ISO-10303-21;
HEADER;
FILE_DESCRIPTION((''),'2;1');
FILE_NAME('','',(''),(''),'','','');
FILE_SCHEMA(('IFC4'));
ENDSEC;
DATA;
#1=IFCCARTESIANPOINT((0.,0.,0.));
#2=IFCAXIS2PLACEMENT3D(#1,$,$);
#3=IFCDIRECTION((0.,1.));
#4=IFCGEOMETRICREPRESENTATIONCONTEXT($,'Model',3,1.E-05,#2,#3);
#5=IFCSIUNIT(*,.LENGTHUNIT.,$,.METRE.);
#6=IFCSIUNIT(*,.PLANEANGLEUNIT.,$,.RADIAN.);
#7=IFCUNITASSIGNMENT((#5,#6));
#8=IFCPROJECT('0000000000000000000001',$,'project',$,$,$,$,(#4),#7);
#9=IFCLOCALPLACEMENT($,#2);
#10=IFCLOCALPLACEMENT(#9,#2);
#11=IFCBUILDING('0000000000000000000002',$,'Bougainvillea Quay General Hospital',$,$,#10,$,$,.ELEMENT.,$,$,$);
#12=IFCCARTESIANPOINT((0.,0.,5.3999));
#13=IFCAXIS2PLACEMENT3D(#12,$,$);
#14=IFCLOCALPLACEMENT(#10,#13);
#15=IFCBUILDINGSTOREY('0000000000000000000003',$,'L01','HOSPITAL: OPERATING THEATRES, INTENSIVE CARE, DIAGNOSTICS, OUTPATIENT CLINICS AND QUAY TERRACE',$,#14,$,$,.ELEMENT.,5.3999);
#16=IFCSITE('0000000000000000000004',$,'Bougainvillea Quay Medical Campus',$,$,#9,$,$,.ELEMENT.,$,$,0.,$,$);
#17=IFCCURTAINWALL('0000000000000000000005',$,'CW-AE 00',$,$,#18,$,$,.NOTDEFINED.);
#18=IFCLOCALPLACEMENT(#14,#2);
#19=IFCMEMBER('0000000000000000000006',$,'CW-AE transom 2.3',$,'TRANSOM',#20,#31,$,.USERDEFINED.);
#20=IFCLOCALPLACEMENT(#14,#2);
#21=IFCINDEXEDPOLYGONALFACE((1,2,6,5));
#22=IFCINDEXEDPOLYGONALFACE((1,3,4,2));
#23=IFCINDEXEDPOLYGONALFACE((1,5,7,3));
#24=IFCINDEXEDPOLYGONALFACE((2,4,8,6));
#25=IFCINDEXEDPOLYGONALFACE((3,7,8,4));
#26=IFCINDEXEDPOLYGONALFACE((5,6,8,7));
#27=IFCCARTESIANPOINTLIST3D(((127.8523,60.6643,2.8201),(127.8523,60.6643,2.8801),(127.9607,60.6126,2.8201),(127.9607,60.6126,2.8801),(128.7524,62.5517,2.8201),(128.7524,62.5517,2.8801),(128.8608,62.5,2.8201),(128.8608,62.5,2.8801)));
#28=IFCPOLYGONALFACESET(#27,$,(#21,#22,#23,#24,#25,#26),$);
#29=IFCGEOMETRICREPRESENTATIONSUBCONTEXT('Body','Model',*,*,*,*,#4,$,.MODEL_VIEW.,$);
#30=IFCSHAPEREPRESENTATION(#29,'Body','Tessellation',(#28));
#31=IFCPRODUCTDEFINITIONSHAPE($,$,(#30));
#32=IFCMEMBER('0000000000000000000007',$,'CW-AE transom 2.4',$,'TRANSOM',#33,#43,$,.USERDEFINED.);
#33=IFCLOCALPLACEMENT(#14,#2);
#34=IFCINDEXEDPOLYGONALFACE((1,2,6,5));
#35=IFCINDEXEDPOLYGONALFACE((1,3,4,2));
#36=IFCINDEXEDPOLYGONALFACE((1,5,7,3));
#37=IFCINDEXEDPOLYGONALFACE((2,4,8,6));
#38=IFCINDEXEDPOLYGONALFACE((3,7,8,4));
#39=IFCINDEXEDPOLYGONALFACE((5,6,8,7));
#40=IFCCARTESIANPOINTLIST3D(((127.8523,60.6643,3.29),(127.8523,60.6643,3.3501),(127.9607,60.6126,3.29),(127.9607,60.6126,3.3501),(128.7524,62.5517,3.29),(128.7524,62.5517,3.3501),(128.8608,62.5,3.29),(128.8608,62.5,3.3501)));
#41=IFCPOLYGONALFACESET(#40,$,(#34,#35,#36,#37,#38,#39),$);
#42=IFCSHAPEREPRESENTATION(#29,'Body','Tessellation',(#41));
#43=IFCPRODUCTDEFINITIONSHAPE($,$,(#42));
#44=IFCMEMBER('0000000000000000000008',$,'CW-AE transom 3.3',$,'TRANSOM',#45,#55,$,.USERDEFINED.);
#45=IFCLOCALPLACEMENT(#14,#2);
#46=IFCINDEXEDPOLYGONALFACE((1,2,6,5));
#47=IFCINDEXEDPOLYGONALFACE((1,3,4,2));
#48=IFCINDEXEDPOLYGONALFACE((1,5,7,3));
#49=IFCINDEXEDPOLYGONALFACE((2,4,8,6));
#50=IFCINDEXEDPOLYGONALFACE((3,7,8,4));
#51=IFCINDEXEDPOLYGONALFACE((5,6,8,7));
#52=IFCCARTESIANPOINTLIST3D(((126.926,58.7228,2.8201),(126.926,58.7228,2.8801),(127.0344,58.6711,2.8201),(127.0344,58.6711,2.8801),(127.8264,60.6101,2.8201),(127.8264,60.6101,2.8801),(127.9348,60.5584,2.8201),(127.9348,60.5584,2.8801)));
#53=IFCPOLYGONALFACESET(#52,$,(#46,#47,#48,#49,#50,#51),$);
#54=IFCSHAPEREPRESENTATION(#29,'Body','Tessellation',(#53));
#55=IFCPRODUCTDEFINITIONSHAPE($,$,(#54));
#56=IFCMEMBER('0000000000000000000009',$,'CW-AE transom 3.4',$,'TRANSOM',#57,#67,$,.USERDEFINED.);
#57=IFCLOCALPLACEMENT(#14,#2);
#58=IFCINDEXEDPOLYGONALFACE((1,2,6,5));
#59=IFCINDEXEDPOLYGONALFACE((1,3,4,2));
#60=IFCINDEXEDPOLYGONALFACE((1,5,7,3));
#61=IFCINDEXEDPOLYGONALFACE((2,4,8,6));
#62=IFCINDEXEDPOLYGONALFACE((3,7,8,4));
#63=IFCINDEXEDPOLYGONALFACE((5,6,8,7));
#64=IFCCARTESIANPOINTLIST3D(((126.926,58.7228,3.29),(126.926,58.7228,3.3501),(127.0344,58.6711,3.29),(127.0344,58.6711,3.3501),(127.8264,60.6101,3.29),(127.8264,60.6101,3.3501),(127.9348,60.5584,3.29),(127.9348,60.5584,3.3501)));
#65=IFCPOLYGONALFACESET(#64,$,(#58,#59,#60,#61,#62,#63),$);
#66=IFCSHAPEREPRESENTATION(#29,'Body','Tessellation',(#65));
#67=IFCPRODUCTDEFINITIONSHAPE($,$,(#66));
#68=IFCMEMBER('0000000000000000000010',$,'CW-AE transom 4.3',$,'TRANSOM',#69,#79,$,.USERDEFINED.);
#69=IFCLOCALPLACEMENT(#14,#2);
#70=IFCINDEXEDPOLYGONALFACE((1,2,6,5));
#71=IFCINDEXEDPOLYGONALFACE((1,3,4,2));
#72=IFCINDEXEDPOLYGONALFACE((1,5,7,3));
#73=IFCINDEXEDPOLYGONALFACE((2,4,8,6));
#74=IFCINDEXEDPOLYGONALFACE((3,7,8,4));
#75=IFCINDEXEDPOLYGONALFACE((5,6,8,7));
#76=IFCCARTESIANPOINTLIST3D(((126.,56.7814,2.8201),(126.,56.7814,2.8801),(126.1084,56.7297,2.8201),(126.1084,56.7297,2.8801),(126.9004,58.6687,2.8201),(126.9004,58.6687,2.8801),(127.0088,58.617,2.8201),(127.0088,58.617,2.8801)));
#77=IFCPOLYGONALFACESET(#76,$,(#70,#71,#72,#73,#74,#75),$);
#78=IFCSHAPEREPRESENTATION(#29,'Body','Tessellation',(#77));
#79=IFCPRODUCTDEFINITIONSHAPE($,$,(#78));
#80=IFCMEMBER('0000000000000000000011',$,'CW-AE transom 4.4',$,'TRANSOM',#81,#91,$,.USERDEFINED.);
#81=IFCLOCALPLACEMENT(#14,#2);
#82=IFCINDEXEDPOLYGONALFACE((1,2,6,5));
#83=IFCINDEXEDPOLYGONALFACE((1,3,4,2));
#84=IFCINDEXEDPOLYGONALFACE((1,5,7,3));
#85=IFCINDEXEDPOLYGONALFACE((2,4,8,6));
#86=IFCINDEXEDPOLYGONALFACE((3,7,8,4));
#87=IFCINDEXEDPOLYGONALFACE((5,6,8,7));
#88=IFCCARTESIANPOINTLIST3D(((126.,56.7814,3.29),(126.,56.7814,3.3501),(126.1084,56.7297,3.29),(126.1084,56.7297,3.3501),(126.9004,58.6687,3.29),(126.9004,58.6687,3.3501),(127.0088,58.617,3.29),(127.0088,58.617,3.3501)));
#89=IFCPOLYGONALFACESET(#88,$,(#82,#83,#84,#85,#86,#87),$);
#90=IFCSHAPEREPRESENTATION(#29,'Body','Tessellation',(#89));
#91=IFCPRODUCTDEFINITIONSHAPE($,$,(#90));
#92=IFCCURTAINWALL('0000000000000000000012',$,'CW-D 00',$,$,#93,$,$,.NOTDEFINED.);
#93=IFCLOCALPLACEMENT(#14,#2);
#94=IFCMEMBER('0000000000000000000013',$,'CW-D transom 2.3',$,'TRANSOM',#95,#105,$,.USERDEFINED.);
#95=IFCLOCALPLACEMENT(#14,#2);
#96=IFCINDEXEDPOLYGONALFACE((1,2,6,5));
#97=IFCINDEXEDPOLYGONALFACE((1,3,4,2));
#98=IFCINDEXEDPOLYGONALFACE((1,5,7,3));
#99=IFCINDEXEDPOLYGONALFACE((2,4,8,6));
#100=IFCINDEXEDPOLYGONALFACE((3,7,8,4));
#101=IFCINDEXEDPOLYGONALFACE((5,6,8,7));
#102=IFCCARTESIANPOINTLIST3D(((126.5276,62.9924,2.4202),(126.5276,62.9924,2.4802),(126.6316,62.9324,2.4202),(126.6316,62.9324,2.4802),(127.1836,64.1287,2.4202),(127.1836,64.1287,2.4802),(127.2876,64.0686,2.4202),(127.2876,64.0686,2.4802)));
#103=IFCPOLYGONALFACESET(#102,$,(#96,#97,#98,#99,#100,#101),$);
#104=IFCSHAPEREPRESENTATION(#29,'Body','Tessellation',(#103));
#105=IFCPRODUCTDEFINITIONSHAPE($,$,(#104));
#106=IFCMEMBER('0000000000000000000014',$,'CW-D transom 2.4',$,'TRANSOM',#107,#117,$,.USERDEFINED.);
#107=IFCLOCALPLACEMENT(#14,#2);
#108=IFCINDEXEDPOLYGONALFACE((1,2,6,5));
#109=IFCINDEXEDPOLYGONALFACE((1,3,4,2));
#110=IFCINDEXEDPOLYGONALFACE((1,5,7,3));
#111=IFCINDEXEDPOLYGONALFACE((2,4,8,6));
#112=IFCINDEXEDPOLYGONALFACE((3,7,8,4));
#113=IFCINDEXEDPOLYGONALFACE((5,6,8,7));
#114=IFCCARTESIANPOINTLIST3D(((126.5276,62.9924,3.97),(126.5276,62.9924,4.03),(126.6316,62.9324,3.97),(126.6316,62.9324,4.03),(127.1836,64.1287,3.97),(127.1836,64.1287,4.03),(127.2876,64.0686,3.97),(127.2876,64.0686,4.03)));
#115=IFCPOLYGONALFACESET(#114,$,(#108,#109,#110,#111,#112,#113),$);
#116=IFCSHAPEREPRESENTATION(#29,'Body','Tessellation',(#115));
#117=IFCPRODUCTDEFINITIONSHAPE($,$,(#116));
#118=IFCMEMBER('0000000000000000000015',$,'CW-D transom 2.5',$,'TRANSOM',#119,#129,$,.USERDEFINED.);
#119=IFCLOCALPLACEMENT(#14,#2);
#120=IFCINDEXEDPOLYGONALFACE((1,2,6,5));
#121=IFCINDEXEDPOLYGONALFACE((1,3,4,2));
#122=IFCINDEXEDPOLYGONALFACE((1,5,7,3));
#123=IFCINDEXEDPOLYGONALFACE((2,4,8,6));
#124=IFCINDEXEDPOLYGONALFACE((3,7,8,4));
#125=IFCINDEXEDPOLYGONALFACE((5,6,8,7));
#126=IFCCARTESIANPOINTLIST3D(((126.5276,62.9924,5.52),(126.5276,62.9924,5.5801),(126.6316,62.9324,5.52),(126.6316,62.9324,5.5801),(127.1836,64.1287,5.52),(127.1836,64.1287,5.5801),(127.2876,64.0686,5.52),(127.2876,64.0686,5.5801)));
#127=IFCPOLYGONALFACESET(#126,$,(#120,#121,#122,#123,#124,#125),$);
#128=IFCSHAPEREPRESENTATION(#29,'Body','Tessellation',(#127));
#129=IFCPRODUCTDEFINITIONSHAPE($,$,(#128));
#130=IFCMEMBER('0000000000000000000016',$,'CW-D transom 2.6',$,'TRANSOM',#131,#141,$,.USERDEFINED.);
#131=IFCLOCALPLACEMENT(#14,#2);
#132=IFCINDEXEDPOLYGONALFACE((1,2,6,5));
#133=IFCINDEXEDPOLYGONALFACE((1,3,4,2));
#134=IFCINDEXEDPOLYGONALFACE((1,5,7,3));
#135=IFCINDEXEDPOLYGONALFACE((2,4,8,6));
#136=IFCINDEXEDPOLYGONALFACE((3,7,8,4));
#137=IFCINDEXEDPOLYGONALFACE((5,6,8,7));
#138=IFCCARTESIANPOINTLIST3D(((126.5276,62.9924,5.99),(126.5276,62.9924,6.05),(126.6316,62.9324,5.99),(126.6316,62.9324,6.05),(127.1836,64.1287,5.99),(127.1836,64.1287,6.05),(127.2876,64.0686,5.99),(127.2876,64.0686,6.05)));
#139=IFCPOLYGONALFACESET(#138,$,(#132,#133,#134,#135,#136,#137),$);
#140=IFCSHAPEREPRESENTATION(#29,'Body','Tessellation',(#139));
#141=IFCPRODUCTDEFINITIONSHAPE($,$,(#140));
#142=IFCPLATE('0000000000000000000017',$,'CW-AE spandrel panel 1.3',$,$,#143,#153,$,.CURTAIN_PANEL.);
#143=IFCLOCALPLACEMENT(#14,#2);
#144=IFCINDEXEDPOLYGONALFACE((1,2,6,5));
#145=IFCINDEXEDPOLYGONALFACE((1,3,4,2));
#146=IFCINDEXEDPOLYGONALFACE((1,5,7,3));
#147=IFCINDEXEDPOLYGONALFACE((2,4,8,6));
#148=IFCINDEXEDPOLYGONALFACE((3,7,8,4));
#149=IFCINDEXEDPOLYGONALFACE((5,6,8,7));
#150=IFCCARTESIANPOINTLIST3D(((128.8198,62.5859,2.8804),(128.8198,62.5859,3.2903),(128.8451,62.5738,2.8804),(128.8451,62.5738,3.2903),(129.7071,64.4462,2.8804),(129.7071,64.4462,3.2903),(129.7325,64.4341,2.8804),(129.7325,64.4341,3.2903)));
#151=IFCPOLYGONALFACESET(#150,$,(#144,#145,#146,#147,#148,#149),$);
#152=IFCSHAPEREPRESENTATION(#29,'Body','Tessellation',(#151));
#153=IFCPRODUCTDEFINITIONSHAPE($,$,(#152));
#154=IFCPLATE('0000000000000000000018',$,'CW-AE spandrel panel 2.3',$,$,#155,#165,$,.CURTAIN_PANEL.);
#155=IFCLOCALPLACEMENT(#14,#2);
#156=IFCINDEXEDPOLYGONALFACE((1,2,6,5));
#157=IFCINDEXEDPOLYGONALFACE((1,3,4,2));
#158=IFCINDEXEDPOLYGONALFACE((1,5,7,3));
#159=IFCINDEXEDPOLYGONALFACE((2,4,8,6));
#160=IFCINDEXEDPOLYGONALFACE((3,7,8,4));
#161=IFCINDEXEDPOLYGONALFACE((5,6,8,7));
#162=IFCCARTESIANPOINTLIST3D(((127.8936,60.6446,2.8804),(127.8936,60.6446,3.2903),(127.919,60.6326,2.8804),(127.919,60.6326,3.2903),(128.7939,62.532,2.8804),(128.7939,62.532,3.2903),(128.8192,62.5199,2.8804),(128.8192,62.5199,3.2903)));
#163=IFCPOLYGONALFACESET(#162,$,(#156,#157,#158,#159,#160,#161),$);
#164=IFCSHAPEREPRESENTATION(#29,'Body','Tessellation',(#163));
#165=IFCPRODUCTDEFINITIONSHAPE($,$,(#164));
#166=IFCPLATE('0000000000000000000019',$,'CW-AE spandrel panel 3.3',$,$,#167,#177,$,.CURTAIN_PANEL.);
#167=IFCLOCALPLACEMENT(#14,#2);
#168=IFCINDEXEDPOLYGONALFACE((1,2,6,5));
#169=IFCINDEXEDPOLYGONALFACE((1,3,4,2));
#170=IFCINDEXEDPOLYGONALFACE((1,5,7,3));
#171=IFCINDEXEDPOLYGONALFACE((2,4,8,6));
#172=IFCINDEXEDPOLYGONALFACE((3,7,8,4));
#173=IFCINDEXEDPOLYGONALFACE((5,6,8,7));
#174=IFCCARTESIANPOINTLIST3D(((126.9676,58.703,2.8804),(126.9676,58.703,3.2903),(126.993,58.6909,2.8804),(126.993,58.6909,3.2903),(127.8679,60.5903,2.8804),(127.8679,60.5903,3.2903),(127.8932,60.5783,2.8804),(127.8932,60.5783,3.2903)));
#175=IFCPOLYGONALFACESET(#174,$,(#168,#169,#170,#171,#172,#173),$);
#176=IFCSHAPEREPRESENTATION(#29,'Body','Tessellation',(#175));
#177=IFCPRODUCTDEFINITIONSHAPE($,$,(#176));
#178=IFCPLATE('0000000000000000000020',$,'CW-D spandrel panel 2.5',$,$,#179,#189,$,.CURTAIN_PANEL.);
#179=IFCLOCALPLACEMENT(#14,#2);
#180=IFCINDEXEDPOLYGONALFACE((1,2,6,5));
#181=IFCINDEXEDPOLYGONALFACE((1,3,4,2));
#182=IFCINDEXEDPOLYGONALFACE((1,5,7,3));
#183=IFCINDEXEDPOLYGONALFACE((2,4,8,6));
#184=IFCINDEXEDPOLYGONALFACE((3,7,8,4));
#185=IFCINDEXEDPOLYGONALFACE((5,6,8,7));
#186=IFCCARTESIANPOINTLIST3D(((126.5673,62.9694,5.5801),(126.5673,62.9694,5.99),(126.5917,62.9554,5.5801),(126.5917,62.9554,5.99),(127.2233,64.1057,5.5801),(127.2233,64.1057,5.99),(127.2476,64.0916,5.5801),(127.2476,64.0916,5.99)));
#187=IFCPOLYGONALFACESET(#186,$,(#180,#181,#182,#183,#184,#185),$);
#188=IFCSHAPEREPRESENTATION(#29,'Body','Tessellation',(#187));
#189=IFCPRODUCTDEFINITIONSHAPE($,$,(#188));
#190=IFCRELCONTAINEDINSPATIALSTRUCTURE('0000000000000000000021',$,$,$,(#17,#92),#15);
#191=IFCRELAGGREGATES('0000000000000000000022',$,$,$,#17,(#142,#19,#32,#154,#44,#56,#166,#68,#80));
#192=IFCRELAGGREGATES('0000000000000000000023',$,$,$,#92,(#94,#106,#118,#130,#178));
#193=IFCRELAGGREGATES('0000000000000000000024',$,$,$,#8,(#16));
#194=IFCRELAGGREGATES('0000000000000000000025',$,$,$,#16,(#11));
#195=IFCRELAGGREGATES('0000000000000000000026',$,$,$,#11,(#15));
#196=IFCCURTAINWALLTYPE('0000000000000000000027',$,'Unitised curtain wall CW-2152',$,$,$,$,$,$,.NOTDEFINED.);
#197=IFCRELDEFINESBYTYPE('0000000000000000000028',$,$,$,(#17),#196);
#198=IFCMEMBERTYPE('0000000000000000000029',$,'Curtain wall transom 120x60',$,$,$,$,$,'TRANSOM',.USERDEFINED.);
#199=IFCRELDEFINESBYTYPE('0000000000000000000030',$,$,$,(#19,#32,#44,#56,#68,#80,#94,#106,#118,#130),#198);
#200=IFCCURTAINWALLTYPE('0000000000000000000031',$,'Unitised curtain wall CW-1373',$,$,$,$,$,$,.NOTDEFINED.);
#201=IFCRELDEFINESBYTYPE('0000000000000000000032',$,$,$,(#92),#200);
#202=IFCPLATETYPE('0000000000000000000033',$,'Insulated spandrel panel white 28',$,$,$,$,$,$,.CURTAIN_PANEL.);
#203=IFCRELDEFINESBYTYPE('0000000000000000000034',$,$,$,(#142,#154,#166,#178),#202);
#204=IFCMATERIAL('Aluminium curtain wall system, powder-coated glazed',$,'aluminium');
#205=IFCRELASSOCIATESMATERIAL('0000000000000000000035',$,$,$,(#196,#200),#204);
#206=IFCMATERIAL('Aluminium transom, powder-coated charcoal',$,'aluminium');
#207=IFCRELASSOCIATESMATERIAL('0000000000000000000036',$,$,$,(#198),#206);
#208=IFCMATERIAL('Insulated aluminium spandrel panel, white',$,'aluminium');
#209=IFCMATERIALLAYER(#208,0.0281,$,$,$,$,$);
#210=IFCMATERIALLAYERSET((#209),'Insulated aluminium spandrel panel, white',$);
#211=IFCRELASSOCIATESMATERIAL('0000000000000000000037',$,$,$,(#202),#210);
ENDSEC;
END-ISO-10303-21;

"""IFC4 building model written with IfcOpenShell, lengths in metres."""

from ifc_helpers import new_model, si_unit, direction, frame, origin, origin_2d, place, context, subcontext, project, spatial, rectangle, extrude, material, layer, layer_set, material_profile, profile_set, type_object, element, aggregate, save


model = new_model("IFC4")

# Units and contexts
model_context = context("Model", 3, precision=1e-05, world=origin(), true_north=direction((0.0, 1.0)))
body_context = subcontext(model_context, "Body", "Model", "MODEL_VIEW")
ifc_project = project(units=[si_unit("LENGTHUNIT", "METRE"), si_unit("PLANEANGLEUNIT", "RADIAN")], contexts=[model_context])

# Site, building, storey
site_placement = place(None, origin())
site = spatial("IfcSite", under=ifc_project, at=site_placement, Name="Bougainvillea Quay Medical Campus", CompositionType="ELEMENT", RefElevation=0.0)
building_placement = place(site_placement, origin())
building = spatial("IfcBuilding", under=site, at=building_placement, Name="Bougainvillea Quay General Hospital", CompositionType="ELEMENT")
storey_placement = place(building_placement, frame((0.0, 0.0, 5.3999)))
storey = spatial("IfcBuildingStorey", under=building, at=storey_placement, Name="L01", Description="HOSPITAL: OPERATING THEATRES, INTENSIVE CARE, DIAGNOSTICS, OUTPATIENT CLINICS AND QUAY TERRACE", CompositionType="ELEMENT", Elevation=5.3999)

# Curtain walls, members
ifc_material_1 = material(Name="Aluminium curtain wall system, powder-coated glazed", Category="aluminium")
curtain_wall_type_1 = type_object("IfcCurtainWallType", Name="Unitised curtain wall CW-2152", PredefinedType="NOTDEFINED", material=ifc_material_1)
curtain_wall_1_placement = place(storey_placement, origin())
curtain_wall_1 = element("IfcCurtainWall", 1, at=curtain_wall_1_placement, inside=storey, type_object=curtain_wall_type_1, Name="CW-AE 00", PredefinedType="NOTDEFINED")
ifc_material_2 = material(Name="Aluminium transom, powder-coated charcoal", Category="aluminium")
ifc_material_profile_1 = material_profile(ifc_material_2, rectangle(XDim=0.1201, YDim=0.0601, at=origin_2d()))
ifc_profile_set_1 = profile_set([ifc_material_profile_1], Name="Aluminium transom, powder-coated charcoal")
member_type = type_object("IfcMemberType", Name="Curtain wall transom 120x60", ElementType="TRANSOM", PredefinedType="USERDEFINED", material=ifc_profile_set_1)
member_1_placement = place(storey_placement, frame((128.8066, 62.5259, 2.8501), z_axis=(-0.430464, -0.902608, 0.0), x_axis=(0.902608, -0.430464, 0.0)))
member_1 = element("IfcMember", 2, at=member_1_placement, type_object=member_type, Name="CW-AE transom 2.3", ObjectType="TRANSOM", PredefinedType="USERDEFINED", context=body_context, shape_type="SweptSolid", body=[
    extrude(rectangle(XDim=0.1201, YDim=0.0601, at=origin_2d()), origin(), (0.0, 0.0, 1.0), 2.0911),
])
member_2_placement = place(storey_placement, frame((128.8066, 62.5259, 3.3201), z_axis=(-0.430464, -0.902608, 0.0), x_axis=(0.902608, -0.430464, 0.0)))
member_2 = element("IfcMember", 3, at=member_2_placement, type_object=member_type, Name="CW-AE transom 2.4", ObjectType="TRANSOM", PredefinedType="USERDEFINED", context=body_context, shape_type="SweptSolid", body=[
    extrude(rectangle(XDim=0.1201, YDim=0.0601, at=origin_2d()), origin(), (0.0, 0.0, 1.0), 2.0911),
])
member_3_placement = place(storey_placement, frame((127.8806, 60.5842, 2.8501), z_axis=(-0.430604, -0.902541, 0.0), x_axis=(0.902541, -0.430604, 0.0)))
member_3 = element("IfcMember", 4, at=member_3_placement, type_object=member_type, Name="CW-AE transom 3.3", ObjectType="TRANSOM", PredefinedType="USERDEFINED", context=body_context, shape_type="SweptSolid", body=[
    extrude(rectangle(XDim=0.1201, YDim=0.0601, at=origin_2d()), origin(), (0.0, 0.0, 1.0), 2.0911),
])
member_4_placement = place(storey_placement, frame((127.8806, 60.5842, 3.3201), z_axis=(-0.430604, -0.902541, 0.0), x_axis=(0.902541, -0.430604, 0.0)))
member_4 = element("IfcMember", 5, at=member_4_placement, type_object=member_type, Name="CW-AE transom 3.4", ObjectType="TRANSOM", PredefinedType="USERDEFINED", context=body_context, shape_type="SweptSolid", body=[
    extrude(rectangle(XDim=0.1201, YDim=0.0601, at=origin_2d()), origin(), (0.0, 0.0, 1.0), 2.0911),
])
member_5_placement = place(storey_placement, frame((126.9546, 58.6428, 2.8501), z_axis=(-0.430604, -0.902541, 0.0), x_axis=(0.902541, -0.430604, 0.0)))
member_5 = element("IfcMember", 6, at=member_5_placement, type_object=member_type, Name="CW-AE transom 4.3", ObjectType="TRANSOM", PredefinedType="USERDEFINED", context=body_context, shape_type="SweptSolid", body=[
    extrude(rectangle(XDim=0.1201, YDim=0.0601, at=origin_2d()), origin(), (0.0, 0.0, 1.0), 2.0911),
])
member_6_placement = place(storey_placement, frame((126.9546, 58.6428, 3.3201), z_axis=(-0.430604, -0.902541, 0.0), x_axis=(0.902541, -0.430604, 0.0)))
member_6 = element("IfcMember", 7, at=member_6_placement, type_object=member_type, Name="CW-AE transom 4.4", ObjectType="TRANSOM", PredefinedType="USERDEFINED", context=body_context, shape_type="SweptSolid", body=[
    extrude(rectangle(XDim=0.1201, YDim=0.0601, at=origin_2d()), origin(), (0.0, 0.0, 1.0), 2.0911),
])
curtain_wall_type_2 = type_object("IfcCurtainWallType", Name="Unitised curtain wall CW-1373", PredefinedType="NOTDEFINED", material=ifc_material_1)
curtain_wall_2_placement = place(storey_placement, origin())
curtain_wall_2 = element("IfcCurtainWall", 8, at=curtain_wall_2_placement, inside=storey, type_object=curtain_wall_type_2, Name="CW-D 00", PredefinedType="NOTDEFINED")
member_7_placement = place(storey_placement, frame((126.5796, 62.9624, 2.4502), z_axis=(0.500002, 0.866024, 0.0), x_axis=(-0.866024, 0.500002, 0.0)))
member_7 = element("IfcMember", 9, at=member_7_placement, type_object=member_type, Name="CW-D transom 2.3", ObjectType="TRANSOM", PredefinedType="USERDEFINED", context=body_context, shape_type="SweptSolid", body=[
    extrude(rectangle(XDim=0.1201, YDim=0.0601, at=origin_2d()), origin(), (0.0, 0.0, 1.0), 1.312),
])
member_8_placement = place(storey_placement, frame((126.5796, 62.9624, 4.0), z_axis=(0.500002, 0.866024, 0.0), x_axis=(-0.866024, 0.500002, 0.0)))
member_8 = element("IfcMember", 10, at=member_8_placement, type_object=member_type, Name="CW-D transom 2.4", ObjectType="TRANSOM", PredefinedType="USERDEFINED", context=body_context, shape_type="SweptSolid", body=[
    extrude(rectangle(XDim=0.1201, YDim=0.0601, at=origin_2d()), origin(), (0.0, 0.0, 1.0), 1.312),
])
member_9_placement = place(storey_placement, frame((126.5796, 62.9624, 5.55), z_axis=(0.500002, 0.866024, 0.0), x_axis=(-0.866024, 0.500002, 0.0)))
member_9 = element("IfcMember", 11, at=member_9_placement, type_object=member_type, Name="CW-D transom 2.5", ObjectType="TRANSOM", PredefinedType="USERDEFINED", context=body_context, shape_type="SweptSolid", body=[
    extrude(rectangle(XDim=0.1201, YDim=0.0601, at=origin_2d()), origin(), (0.0, 0.0, 1.0), 1.312),
])
member_10_placement = place(storey_placement, frame((126.5796, 62.9624, 6.02), z_axis=(0.500002, 0.866024, 0.0), x_axis=(-0.866024, 0.500002, 0.0)))
member_10 = element("IfcMember", 12, at=member_10_placement, type_object=member_type, Name="CW-D transom 2.6", ObjectType="TRANSOM", PredefinedType="USERDEFINED", context=body_context, shape_type="SweptSolid", body=[
    extrude(rectangle(XDim=0.1201, YDim=0.0601, at=origin_2d()), origin(), (0.0, 0.0, 1.0), 1.312),
])

# Plates
ifc_material_3 = material(Name="Insulated aluminium spandrel panel, white", Category="aluminium")
ifc_layer_1 = layer(ifc_material_3, 0.0281)
ifc_layer_set_1 = layer_set([ifc_layer_1], Name="Insulated aluminium spandrel panel, white")
plate_type_1 = type_object("IfcPlateType", Name="Insulated spandrel panel white 28", PredefinedType="CURTAIN_PANEL", material=ifc_layer_set_1)
plate_1_placement = place(storey_placement, frame((129.2761, 63.51, 2.8804), z_axis=(0.0, 0.0, 1.0), x_axis=(-0.43053, -0.902576, 0.0)))
plate_1 = element("IfcPlate", 13, at=plate_1_placement, type_object=plate_type_1, Name="CW-AE spandrel panel 1.3", PredefinedType="CURTAIN_PANEL", context=body_context, shape_type="SweptSolid", body=[
    extrude(rectangle(XDim=2.061, YDim=0.0281, at=origin_2d()), origin(), (0.0, 0.0, 1.0), 0.4099),
])
plate_2_placement = place(storey_placement, frame((128.3564, 61.5823, 2.8804), z_axis=(0.0, 0.0, 1.0), x_axis=(-0.43053, -0.902576, 0.0)))
plate_2 = element("IfcPlate", 14, at=plate_2_placement, type_object=plate_type_1, Name="CW-AE spandrel panel 2.3", PredefinedType="CURTAIN_PANEL", context=body_context, shape_type="SweptSolid", body=[
    extrude(rectangle(XDim=2.0911, YDim=0.0281, at=origin_2d()), origin(), (0.0, 0.0, 1.0), 0.4099),
])
plate_3_placement = place(storey_placement, frame((127.4304, 59.6406, 2.8804), z_axis=(0.0, 0.0, 1.0), x_axis=(-0.43053, -0.902576, 0.0)))
plate_3 = element("IfcPlate", 15, at=plate_3_placement, type_object=plate_type_1, Name="CW-AE spandrel panel 3.3", PredefinedType="CURTAIN_PANEL", context=body_context, shape_type="SweptSolid", body=[
    extrude(rectangle(XDim=2.0911, YDim=0.0281, at=origin_2d()), origin(), (0.0, 0.0, 1.0), 0.4099),
])
aggregate(curtain_wall_1, [plate_1, member_1, member_2, plate_2, member_3, member_4, plate_3, member_5, member_6])
plate_4_placement = place(storey_placement, frame((126.9075, 63.5305, 5.5801), z_axis=(0.0, 0.0, 1.0), x_axis=(0.499962, 0.866048, 0.0)))
plate_4 = element("IfcPlate", 16, at=plate_4_placement, type_object=plate_type_1, Name="CW-D spandrel panel 2.5", PredefinedType="CURTAIN_PANEL", context=body_context, shape_type="SweptSolid", body=[
    extrude(rectangle(XDim=1.312, YDim=0.0281, at=origin_2d()), origin(), (0.0, 0.0, 1.0), 0.4099),
])
aggregate(curtain_wall_2, [member_7, member_8, member_9, member_10, plate_4])

save(model, "model.ifc")
